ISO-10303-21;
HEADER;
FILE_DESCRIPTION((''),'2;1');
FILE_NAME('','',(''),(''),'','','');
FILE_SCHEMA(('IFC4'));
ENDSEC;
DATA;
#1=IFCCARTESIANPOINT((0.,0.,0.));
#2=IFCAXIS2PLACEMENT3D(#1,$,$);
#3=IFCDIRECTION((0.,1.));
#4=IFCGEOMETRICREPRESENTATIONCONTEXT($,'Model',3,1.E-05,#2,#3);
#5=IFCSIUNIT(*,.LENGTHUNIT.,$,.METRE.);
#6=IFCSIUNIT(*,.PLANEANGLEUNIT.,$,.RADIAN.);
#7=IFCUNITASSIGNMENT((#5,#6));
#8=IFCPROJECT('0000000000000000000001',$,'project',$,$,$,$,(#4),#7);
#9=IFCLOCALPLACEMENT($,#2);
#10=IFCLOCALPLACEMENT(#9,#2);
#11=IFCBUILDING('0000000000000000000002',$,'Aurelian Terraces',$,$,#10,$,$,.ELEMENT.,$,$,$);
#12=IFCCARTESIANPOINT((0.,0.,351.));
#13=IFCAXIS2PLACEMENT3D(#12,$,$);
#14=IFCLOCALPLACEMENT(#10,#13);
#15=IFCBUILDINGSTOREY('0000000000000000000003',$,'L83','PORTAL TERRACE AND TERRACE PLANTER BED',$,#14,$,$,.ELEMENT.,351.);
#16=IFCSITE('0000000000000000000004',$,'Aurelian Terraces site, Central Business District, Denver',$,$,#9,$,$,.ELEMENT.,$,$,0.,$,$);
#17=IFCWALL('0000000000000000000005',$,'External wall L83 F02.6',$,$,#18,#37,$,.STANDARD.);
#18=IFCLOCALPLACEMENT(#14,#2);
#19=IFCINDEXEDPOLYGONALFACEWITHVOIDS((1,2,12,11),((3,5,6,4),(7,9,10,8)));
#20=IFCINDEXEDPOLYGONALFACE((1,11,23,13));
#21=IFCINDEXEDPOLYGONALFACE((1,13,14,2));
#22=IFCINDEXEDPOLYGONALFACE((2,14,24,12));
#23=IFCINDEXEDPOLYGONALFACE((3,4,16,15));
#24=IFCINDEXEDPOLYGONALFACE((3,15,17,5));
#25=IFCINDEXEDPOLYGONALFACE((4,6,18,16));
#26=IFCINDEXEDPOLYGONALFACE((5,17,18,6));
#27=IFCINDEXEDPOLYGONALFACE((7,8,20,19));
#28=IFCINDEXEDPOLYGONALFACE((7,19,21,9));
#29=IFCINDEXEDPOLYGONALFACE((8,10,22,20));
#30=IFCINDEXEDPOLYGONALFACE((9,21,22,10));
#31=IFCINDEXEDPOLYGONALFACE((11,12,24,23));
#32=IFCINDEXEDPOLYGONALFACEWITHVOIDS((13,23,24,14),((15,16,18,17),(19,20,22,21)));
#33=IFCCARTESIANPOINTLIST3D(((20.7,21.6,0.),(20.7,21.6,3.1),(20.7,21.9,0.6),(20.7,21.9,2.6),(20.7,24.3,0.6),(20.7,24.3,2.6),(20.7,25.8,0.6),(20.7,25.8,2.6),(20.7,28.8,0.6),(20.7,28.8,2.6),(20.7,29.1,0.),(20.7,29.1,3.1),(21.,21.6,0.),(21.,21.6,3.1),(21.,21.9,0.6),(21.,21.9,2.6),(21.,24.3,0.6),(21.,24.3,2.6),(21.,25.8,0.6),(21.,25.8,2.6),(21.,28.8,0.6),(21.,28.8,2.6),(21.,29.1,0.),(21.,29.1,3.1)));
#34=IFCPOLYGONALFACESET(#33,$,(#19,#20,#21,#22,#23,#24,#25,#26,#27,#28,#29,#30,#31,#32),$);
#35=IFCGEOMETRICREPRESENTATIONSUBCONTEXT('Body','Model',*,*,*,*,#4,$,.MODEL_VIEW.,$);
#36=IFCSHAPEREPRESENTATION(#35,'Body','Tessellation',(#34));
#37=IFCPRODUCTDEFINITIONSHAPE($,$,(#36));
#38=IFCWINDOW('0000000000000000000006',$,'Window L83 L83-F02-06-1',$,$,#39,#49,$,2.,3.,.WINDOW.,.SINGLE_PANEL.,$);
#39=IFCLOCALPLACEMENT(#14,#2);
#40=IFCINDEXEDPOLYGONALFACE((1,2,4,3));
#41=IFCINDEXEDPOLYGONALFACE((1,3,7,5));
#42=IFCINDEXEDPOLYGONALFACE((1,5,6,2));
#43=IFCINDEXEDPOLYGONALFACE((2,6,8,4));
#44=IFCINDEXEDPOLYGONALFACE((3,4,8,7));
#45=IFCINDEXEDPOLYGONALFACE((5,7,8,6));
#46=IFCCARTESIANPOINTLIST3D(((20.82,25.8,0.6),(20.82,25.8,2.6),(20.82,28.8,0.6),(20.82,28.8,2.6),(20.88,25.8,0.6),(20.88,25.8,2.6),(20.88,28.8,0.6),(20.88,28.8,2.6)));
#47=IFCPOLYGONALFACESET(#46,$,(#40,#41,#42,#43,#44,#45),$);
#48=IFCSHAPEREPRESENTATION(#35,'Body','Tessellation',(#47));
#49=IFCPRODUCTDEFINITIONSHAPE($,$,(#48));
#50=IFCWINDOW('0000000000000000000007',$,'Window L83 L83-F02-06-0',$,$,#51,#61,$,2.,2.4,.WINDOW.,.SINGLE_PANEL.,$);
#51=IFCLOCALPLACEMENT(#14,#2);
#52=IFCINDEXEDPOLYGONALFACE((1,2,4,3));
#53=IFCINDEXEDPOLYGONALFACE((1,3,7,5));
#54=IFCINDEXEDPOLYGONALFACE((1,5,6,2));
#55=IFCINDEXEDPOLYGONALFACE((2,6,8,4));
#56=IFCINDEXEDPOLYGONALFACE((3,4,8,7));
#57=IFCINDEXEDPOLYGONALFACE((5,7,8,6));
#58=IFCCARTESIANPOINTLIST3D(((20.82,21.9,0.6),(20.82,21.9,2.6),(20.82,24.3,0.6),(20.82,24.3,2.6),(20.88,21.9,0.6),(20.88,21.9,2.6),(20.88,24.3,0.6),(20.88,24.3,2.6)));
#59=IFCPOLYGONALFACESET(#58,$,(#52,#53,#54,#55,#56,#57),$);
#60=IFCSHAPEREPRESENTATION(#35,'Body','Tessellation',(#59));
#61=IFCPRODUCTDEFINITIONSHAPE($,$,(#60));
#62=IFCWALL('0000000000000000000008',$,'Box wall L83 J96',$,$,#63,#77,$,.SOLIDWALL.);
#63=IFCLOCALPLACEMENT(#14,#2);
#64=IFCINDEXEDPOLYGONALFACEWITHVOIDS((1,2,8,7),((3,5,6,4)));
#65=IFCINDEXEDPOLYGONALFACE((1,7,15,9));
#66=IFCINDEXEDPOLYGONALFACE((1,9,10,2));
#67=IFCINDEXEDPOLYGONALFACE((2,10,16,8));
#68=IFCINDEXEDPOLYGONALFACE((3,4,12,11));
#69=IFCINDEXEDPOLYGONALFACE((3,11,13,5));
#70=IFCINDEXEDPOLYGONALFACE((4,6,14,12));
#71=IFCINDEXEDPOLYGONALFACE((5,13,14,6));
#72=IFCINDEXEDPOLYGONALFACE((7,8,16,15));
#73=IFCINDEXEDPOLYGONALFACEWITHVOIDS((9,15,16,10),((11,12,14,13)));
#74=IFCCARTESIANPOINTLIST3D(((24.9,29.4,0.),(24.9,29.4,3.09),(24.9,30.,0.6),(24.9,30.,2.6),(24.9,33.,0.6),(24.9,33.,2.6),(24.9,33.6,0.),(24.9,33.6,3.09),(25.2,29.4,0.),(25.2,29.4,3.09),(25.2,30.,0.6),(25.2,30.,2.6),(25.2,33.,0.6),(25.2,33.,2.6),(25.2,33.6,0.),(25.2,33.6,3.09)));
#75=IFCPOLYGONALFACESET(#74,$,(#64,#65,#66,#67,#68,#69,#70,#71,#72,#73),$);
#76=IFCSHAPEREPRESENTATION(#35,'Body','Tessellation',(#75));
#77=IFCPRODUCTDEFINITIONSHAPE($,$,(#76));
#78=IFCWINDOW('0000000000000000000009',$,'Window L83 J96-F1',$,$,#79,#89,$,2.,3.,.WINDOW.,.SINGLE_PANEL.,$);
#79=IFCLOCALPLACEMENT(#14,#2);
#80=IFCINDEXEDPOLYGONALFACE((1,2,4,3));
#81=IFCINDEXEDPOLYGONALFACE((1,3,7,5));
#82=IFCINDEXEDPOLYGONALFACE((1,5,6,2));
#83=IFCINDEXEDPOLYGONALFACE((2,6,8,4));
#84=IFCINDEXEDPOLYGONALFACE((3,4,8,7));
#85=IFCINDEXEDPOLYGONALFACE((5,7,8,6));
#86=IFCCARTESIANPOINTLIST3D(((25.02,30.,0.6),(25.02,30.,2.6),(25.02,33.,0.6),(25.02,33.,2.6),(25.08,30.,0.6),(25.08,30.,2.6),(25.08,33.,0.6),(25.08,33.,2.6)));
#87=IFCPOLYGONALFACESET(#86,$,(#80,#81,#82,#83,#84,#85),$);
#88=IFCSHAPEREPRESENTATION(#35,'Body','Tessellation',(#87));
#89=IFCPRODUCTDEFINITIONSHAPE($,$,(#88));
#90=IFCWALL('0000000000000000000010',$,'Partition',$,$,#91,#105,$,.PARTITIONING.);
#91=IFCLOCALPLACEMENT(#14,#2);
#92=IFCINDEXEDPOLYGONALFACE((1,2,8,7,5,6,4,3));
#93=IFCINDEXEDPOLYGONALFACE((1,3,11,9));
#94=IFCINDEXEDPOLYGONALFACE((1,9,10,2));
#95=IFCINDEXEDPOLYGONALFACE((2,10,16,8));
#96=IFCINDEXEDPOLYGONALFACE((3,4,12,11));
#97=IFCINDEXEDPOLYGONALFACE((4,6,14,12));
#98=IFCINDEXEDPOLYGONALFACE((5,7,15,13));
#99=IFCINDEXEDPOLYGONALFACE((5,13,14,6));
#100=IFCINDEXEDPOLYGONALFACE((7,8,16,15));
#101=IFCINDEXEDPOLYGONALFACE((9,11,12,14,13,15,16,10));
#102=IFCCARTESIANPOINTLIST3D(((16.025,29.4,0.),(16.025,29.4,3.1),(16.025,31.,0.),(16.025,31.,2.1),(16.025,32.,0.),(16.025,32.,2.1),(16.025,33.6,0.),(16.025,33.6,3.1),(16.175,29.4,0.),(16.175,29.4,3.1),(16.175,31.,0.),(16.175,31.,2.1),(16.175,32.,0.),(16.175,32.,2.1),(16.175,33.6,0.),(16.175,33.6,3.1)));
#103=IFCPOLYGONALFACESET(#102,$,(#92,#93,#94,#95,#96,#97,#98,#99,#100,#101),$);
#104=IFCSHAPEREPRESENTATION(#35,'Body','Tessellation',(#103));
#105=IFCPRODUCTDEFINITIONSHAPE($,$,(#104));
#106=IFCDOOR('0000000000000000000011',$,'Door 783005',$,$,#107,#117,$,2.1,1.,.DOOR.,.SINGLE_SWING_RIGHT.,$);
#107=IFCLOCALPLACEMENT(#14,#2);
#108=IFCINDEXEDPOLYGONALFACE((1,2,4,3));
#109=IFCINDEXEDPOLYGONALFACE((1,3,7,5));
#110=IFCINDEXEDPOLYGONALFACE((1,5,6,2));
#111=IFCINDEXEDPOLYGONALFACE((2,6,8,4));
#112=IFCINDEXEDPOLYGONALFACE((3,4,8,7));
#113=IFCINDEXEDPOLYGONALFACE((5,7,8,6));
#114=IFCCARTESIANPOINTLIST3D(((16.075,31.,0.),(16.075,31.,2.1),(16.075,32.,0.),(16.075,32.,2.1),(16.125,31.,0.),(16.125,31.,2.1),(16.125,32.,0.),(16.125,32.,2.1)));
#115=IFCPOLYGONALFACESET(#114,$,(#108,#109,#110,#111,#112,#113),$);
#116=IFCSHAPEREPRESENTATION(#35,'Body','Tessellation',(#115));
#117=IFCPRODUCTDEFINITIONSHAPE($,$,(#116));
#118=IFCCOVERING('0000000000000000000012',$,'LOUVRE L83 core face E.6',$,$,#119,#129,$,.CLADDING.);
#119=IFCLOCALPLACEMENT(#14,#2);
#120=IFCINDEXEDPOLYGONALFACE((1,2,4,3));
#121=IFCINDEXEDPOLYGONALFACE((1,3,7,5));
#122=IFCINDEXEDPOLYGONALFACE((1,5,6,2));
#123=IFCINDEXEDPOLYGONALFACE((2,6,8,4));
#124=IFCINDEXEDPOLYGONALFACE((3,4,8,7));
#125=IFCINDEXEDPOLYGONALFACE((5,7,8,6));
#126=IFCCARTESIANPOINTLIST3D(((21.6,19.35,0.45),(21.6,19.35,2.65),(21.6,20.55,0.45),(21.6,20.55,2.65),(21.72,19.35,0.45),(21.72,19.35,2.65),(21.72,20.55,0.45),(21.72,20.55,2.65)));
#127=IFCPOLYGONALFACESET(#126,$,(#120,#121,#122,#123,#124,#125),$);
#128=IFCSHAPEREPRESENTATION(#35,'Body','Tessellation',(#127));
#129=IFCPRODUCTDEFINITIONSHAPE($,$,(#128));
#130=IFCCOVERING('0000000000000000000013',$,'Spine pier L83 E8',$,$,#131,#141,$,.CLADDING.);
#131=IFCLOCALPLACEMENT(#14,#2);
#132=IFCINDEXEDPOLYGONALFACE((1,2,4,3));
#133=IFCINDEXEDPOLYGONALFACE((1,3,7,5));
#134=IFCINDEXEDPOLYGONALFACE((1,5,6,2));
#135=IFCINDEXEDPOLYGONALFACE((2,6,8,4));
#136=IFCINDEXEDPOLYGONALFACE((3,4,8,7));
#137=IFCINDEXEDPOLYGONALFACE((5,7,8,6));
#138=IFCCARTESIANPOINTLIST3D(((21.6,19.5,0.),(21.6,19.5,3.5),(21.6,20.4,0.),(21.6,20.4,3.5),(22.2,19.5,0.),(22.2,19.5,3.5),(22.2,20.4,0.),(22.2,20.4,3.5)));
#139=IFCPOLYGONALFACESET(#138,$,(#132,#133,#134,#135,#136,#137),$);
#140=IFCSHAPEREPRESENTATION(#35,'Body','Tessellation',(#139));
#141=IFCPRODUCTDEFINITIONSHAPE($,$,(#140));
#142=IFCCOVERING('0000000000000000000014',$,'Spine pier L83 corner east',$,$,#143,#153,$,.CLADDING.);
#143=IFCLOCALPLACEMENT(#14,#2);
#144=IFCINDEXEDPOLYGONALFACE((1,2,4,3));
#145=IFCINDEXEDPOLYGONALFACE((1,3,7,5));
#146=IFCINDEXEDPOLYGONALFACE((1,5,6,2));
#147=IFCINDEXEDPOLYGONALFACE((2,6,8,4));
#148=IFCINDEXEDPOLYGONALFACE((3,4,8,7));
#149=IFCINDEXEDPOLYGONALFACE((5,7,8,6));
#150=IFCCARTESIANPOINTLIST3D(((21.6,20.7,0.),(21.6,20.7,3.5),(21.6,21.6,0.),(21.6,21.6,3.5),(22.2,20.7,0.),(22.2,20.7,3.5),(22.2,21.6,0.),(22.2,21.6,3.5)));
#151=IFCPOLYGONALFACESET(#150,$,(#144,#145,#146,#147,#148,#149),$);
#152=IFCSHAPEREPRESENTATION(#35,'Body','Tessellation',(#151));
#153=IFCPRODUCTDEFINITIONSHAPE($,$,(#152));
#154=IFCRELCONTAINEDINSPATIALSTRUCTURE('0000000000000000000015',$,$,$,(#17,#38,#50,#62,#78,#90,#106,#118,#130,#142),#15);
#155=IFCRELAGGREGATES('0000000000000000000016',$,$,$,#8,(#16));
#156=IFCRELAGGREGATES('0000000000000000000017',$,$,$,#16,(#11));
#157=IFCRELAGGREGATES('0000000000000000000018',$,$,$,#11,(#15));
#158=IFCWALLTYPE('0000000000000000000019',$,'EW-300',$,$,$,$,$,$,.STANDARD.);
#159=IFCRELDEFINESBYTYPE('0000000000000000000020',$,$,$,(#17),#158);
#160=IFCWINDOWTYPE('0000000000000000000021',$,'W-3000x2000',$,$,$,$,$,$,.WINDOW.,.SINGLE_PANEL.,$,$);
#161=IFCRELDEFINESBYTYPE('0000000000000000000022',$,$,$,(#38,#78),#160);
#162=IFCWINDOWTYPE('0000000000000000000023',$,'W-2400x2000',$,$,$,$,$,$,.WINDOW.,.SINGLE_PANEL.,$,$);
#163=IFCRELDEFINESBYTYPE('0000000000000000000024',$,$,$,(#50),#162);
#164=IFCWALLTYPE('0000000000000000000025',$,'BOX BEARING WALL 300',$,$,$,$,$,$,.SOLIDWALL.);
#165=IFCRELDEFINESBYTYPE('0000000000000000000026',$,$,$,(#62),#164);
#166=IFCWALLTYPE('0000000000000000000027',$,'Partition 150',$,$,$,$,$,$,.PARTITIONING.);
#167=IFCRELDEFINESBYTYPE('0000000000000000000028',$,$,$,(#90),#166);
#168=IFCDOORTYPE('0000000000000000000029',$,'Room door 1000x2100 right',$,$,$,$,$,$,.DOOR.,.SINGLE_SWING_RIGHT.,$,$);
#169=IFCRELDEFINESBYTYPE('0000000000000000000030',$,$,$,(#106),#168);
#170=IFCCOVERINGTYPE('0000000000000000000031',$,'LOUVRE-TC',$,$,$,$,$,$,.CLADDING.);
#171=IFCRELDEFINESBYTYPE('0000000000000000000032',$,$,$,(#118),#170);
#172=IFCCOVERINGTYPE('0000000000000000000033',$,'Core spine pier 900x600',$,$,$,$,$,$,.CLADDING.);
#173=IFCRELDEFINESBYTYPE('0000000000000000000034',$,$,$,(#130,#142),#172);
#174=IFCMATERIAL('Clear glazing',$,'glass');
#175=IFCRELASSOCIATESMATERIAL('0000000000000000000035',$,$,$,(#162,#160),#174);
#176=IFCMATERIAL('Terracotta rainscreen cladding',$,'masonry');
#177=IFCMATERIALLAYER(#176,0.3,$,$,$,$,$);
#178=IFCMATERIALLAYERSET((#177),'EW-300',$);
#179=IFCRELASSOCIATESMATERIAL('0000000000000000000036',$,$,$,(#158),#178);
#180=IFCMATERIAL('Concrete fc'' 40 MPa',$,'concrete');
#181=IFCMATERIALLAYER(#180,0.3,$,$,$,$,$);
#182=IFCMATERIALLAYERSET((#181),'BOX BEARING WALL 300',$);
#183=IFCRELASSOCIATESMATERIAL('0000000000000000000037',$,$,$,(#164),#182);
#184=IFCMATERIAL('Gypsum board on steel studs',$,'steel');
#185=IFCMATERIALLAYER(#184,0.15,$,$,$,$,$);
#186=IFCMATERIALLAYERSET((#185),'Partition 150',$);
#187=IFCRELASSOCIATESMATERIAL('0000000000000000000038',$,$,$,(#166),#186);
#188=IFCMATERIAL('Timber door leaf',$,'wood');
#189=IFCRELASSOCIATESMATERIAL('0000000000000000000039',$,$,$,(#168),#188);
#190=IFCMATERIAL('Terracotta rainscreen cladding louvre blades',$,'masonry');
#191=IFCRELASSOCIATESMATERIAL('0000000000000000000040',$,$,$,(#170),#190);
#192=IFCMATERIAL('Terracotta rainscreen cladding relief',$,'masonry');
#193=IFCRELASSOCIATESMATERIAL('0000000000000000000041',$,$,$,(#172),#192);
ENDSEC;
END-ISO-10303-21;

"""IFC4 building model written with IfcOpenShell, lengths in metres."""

from ifc_helpers import new_model, si_unit, direction, frame, frame_2d, origin, origin_2d, place, context, subcontext, project, spatial, rectangle, extrude, source, transform, mapped, material, layer, layer_set, type_object, element, fill, save


model = new_model("IFC4")

# Units and contexts
model_context = context("Model", 3, precision=1e-05, world=origin(), true_north=direction((0.0, 1.0)))
body_context = subcontext(model_context, "Body", "Model", "MODEL_VIEW")
ifc_project = project(units=[si_unit("LENGTHUNIT", "METRE"), si_unit("PLANEANGLEUNIT", "RADIAN")], contexts=[model_context])

# Site, building, storey
site_placement = place(None, origin())
site = spatial("IfcSite", under=ifc_project, at=site_placement, Name="Aurelian Terraces site, Central Business District, Denver", CompositionType="ELEMENT", RefElevation=0.0)
building_placement = place(site_placement, origin())
building = spatial("IfcBuilding", under=site, at=building_placement, Name="Aurelian Terraces", CompositionType="ELEMENT")
storey_placement = place(building_placement, frame((0.0, 0.0, 351.0)))
storey = spatial("IfcBuildingStorey", under=building, at=storey_placement, Name="L83", Description="PORTAL TERRACE AND TERRACE PLANTER BED", CompositionType="ELEMENT", Elevation=351.0)

# Shared definitions
ifc_material_1 = material(Name="Concrete fc' 40 MPa", Category="concrete")
ifc_material_2 = material(Name="Clear glazing", Category="glass")
window_type_1 = type_object("IfcWindowType", Name="W-2400x2000", PartitioningType="SINGLE_PANEL", PredefinedType="WINDOW", material=ifc_material_2)
shared_shape_1 = source(origin(), body_context, "Body", "SweptSolid", [
    extrude(rectangle(XDim=2.4, YDim=2.0, at=frame_2d((1.2, 1.0))), frame((0.0, 0.03, 0.0), z_axis=(0.0, -1.0, 0.0), x_axis=(1.0, 0.0, 0.0)), (0.0, 0.0, 1.0), 0.06),
])

# Shared definitions
ifc_material_3 = material(Name="Terracotta rainscreen cladding", Category="masonry")
ifc_layer_1 = layer(ifc_material_3, 0.3)
ifc_layer_set_1 = layer_set([ifc_layer_1], Name="EW-300")
wall_type_1 = type_object("IfcWallType", Name="EW-300", PredefinedType="STANDARD", material=ifc_layer_set_1)
shared_shape_2 = source(origin(), body_context, "Body", "SweptSolid", [
    extrude(rectangle(XDim=3.0, YDim=2.0, at=frame_2d((1.5, 1.0))), frame((0.0, 0.16, 0.0), z_axis=(0.0, -1.0, 0.0), x_axis=(1.0, 0.0, 0.0)), (0.0, 0.0, 1.0), 0.32),
])
window_type_2 = type_object("IfcWindowType", Name="W-3000x2000", PartitioningType="SINGLE_PANEL", PredefinedType="WINDOW", material=ifc_material_2)
shared_shape_3 = source(origin(), body_context, "Body", "SweptSolid", [
    extrude(rectangle(XDim=3.0, YDim=2.0, at=frame_2d((1.5, 1.0))), frame((0.0, 0.03, 0.0), z_axis=(0.0, -1.0, 0.0), x_axis=(1.0, 0.0, 0.0)), (0.0, 0.0, 1.0), 0.06),
])
ifc_material_4 = material(Name="Timber door leaf", Category="wood")
shared_shape_4 = source(origin(), body_context, "Body", "SweptSolid", [
    extrude(rectangle(XDim=1.0, YDim=2.1, at=frame_2d((0.5, 1.05))), frame((0.0, 0.025, 0.0), z_axis=(0.0, -1.0, 0.0), x_axis=(1.0, 0.0, 0.0)), (0.0, 0.0, 1.0), 0.05),
])

# Wall, openings, windows
shared_shape_5 = source(origin(), body_context, "Body", "SweptSolid", [
    extrude(rectangle(XDim=7.5, YDim=0.3, at=frame_2d((3.75, 0.0))), origin(), (0.0, 0.0, 1.0), 3.1),
])
wall_1_placement = place(storey_placement, frame((20.85, 21.6, 0.0), z_axis=(0.0, 0.0, 1.0), x_axis=(0.0, 1.0, 0.0)))
wall_1 = element("IfcWall", 1, at=wall_1_placement, inside=storey, type_object=wall_type_1, Name="External wall L83 F02.6", PredefinedType="STANDARD", context=body_context, shape_type="MappedRepresentation", body=[
    mapped(shared_shape_5, transform((0.0, 0.0, 0.0), scale=1.0)),
])
shared_shape_6 = source(origin(), body_context, "Body", "SweptSolid", [
    extrude(rectangle(XDim=2.4, YDim=2.0, at=frame_2d((1.2, 1.0))), frame((0.0, 0.16, 0.0), z_axis=(0.0, -1.0, 0.0), x_axis=(1.0, 0.0, 0.0)), (0.0, 0.0, 1.0), 0.32),
])
opening_1_placement = place(wall_1_placement, frame((0.3, 0.0, 0.6)))
opening_1 = element("IfcOpeningElement", 2, at=opening_1_placement, cuts=wall_1, PredefinedType="OPENING", context=body_context, shape_type="MappedRepresentation", body=[
    mapped(shared_shape_6, transform((0.0, 0.0, 0.0), scale=1.0)),
])
opening_2_placement = place(wall_1_placement, frame((4.2, 0.0, 0.6)))
opening_2 = element("IfcOpeningElement", 3, at=opening_2_placement, cuts=wall_1, PredefinedType="OPENING", context=body_context, shape_type="MappedRepresentation", body=[
    mapped(shared_shape_2, transform((0.0, 0.0, 0.0), scale=1.0)),
])
window_1_placement = place(opening_2_placement, origin())
window_1 = element("IfcWindow", 4, at=window_1_placement, inside=storey, type_object=window_type_2, Name="Window L83 L83-F02-06-1", OverallHeight=2.0, OverallWidth=3.0, PartitioningType="SINGLE_PANEL", PredefinedType="WINDOW", context=body_context, shape_type="MappedRepresentation", body=[
    mapped(shared_shape_3, transform((0.0, 0.0, 0.0), scale=1.0)),
])
fill(opening_2, window_1)
window_2_placement = place(opening_1_placement, origin())
window_2 = element("IfcWindow", 5, at=window_2_placement, inside=storey, type_object=window_type_1, Name="Window L83 L83-F02-06-0", OverallHeight=2.0, OverallWidth=2.4, PartitioningType="SINGLE_PANEL", PredefinedType="WINDOW", context=body_context, shape_type="MappedRepresentation", body=[
    mapped(shared_shape_1, transform((0.0, 0.0, 0.0), scale=1.0)),
])
fill(opening_1, window_2)

# Wall, opening, window
ifc_layer_2 = layer(ifc_material_1, 0.3)
ifc_layer_set_2 = layer_set([ifc_layer_2], Name="BOX BEARING WALL 300")
wall_type_2 = type_object("IfcWallType", Name="BOX BEARING WALL 300", PredefinedType="SOLIDWALL", material=ifc_layer_set_2)
shared_shape_7 = source(origin(), body_context, "Body", "SweptSolid", [
    extrude(rectangle(XDim=4.2, YDim=0.3, at=frame_2d((2.1, 0.0))), origin(), (0.0, 0.0, 1.0), 3.09),
])
wall_2_placement = place(storey_placement, frame((25.05, 29.4, 0.0), z_axis=(0.0, 0.0, 1.0), x_axis=(0.0, 1.0, 0.0)))
wall_2 = element("IfcWall", 6, at=wall_2_placement, inside=storey, type_object=wall_type_2, Name="Box wall L83 J96", PredefinedType="SOLIDWALL", context=body_context, shape_type="MappedRepresentation", body=[
    mapped(shared_shape_7, transform((0.0, 0.0, 0.0), scale=1.0)),
])
opening_3_placement = place(wall_2_placement, frame((0.6, 0.0, 0.6)))
opening_3 = element("IfcOpeningElement", 7, at=opening_3_placement, cuts=wall_2, PredefinedType="OPENING", context=body_context, shape_type="MappedRepresentation", body=[
    mapped(shared_shape_2, transform((0.0, 0.0, 0.0), scale=1.0)),
])
window_3_placement = place(opening_3_placement, origin())
window_3 = element("IfcWindow", 8, at=window_3_placement, inside=storey, type_object=window_type_2, Name="Window L83 J96-F1", OverallHeight=2.0, OverallWidth=3.0, PartitioningType="SINGLE_PANEL", PredefinedType="WINDOW", context=body_context, shape_type="MappedRepresentation", body=[
    mapped(shared_shape_3, transform((0.0, 0.0, 0.0), scale=1.0)),
])
fill(opening_3, window_3)

# Wall, opening, door
ifc_material_5 = material(Name="Gypsum board on steel studs", Category="steel")
ifc_layer_3 = layer(ifc_material_5, 0.15)
ifc_layer_set_3 = layer_set([ifc_layer_3], Name="Partition 150")
wall_type_3 = type_object("IfcWallType", Name="Partition 150", PredefinedType="PARTITIONING", material=ifc_layer_set_3)
shared_shape_8 = source(origin(), body_context, "Body", "SweptSolid", [
    extrude(rectangle(XDim=4.2, YDim=0.15, at=frame_2d((2.1, 0.0))), origin(), (0.0, 0.0, 1.0), 3.1),
])
wall_3_placement = place(storey_placement, frame((16.1, 33.6, 0.0), z_axis=(0.0, 0.0, 1.0), x_axis=(0.0, -1.0, 0.0)))
wall_3 = element("IfcWall", 9, at=wall_3_placement, inside=storey, type_object=wall_type_3, Name="Partition", PredefinedType="PARTITIONING", context=body_context, shape_type="MappedRepresentation", body=[
    mapped(shared_shape_8, transform((0.0, 0.0, 0.0), scale=1.0)),
])
shared_shape_9 = source(origin(), body_context, "Body", "SweptSolid", [
    extrude(rectangle(XDim=1.0, YDim=2.1, at=frame_2d((0.5, 1.05))), frame((0.0, 0.085, 0.0), z_axis=(0.0, -1.0, 0.0), x_axis=(1.0, 0.0, 0.0)), (0.0, 0.0, 1.0), 0.17),
])
opening_4_placement = place(wall_3_placement, frame((1.6, 0.0, 0.0)))
opening_4 = element("IfcOpeningElement", 10, at=opening_4_placement, cuts=wall_3, PredefinedType="OPENING", context=body_context, shape_type="MappedRepresentation", body=[
    mapped(shared_shape_9, transform((0.0, 0.0, 0.0), scale=1.0)),
])
door_type_1 = type_object("IfcDoorType", Name="Room door 1000x2100 right", OperationType="SINGLE_SWING_RIGHT", PredefinedType="DOOR", material=ifc_material_4)
door_1_placement = place(opening_4_placement, origin())
door_1 = element("IfcDoor", 11, at=door_1_placement, inside=storey, type_object=door_type_1, Name="Door 783005", OperationType="SINGLE_SWING_RIGHT", OverallHeight=2.1, OverallWidth=1.0, PredefinedType="DOOR", context=body_context, shape_type="MappedRepresentation", body=[
    mapped(shared_shape_4, transform((0.0, 0.0, 0.0), scale=1.0)),
])
fill(opening_4, door_1)

# Coverings
ifc_material_6 = material(Name="Terracotta rainscreen cladding louvre blades", Category="masonry")
covering_type_1 = type_object("IfcCoveringType", Name="LOUVRE-TC", PredefinedType="CLADDING", material=ifc_material_6)
shared_shape_10 = source(origin(), body_context, "Body", "SweptSolid", [
    extrude(rectangle(XDim=0.12, YDim=1.2, at=origin_2d()), origin(), (0.0, 0.0, 1.0), 2.2),
])
covering_1_placement = place(storey_placement, frame((21.66, 19.95, 0.45), z_axis=(0.0, 0.0, 1.0), x_axis=(1.0, 0.0, 0.0)))
element("IfcCovering", 12, at=covering_1_placement, inside=storey, type_object=covering_type_1, Name="LOUVRE L83 core face E.6", PredefinedType="CLADDING", context=body_context, shape_type="MappedRepresentation", body=[
    mapped(shared_shape_10, transform((0.0, 0.0, 0.0), scale=1.0)),
])
ifc_material_7 = material(Name="Terracotta rainscreen cladding relief", Category="masonry")
covering_type_2 = type_object("IfcCoveringType", Name="Core spine pier 900x600", PredefinedType="CLADDING", material=ifc_material_7)
shared_shape_11 = source(origin(), body_context, "Body", "SweptSolid", [
    extrude(rectangle(XDim=0.6, YDim=0.9, at=origin_2d()), origin(), (0.0, 0.0, 1.0), 3.5),
])
for number, where, z_axis, x_axis, name in (
    (13, (21.9, 19.95, 0.0), (0.0, 0.0, 1.0), (1.0, 0.0, 0.0), "Spine pier L83 E8"),
    (14, (21.9, 21.15, 0.0), (0.0, 0.0, 1.0), (1.0, 0.0, 0.0), "Spine pier L83 corner east"),
):
    element("IfcCovering", number, at=place(storey_placement, frame(where, z_axis=z_axis, x_axis=x_axis)), inside=storey, type_object=covering_type_2, Name=name, PredefinedType="CLADDING", context=body_context, shape_type="MappedRepresentation", body=[
        mapped(shared_shape_11, transform((0.0, 0.0, 0.0), scale=1.0)),
    ])

save(model, "model.ifc")
